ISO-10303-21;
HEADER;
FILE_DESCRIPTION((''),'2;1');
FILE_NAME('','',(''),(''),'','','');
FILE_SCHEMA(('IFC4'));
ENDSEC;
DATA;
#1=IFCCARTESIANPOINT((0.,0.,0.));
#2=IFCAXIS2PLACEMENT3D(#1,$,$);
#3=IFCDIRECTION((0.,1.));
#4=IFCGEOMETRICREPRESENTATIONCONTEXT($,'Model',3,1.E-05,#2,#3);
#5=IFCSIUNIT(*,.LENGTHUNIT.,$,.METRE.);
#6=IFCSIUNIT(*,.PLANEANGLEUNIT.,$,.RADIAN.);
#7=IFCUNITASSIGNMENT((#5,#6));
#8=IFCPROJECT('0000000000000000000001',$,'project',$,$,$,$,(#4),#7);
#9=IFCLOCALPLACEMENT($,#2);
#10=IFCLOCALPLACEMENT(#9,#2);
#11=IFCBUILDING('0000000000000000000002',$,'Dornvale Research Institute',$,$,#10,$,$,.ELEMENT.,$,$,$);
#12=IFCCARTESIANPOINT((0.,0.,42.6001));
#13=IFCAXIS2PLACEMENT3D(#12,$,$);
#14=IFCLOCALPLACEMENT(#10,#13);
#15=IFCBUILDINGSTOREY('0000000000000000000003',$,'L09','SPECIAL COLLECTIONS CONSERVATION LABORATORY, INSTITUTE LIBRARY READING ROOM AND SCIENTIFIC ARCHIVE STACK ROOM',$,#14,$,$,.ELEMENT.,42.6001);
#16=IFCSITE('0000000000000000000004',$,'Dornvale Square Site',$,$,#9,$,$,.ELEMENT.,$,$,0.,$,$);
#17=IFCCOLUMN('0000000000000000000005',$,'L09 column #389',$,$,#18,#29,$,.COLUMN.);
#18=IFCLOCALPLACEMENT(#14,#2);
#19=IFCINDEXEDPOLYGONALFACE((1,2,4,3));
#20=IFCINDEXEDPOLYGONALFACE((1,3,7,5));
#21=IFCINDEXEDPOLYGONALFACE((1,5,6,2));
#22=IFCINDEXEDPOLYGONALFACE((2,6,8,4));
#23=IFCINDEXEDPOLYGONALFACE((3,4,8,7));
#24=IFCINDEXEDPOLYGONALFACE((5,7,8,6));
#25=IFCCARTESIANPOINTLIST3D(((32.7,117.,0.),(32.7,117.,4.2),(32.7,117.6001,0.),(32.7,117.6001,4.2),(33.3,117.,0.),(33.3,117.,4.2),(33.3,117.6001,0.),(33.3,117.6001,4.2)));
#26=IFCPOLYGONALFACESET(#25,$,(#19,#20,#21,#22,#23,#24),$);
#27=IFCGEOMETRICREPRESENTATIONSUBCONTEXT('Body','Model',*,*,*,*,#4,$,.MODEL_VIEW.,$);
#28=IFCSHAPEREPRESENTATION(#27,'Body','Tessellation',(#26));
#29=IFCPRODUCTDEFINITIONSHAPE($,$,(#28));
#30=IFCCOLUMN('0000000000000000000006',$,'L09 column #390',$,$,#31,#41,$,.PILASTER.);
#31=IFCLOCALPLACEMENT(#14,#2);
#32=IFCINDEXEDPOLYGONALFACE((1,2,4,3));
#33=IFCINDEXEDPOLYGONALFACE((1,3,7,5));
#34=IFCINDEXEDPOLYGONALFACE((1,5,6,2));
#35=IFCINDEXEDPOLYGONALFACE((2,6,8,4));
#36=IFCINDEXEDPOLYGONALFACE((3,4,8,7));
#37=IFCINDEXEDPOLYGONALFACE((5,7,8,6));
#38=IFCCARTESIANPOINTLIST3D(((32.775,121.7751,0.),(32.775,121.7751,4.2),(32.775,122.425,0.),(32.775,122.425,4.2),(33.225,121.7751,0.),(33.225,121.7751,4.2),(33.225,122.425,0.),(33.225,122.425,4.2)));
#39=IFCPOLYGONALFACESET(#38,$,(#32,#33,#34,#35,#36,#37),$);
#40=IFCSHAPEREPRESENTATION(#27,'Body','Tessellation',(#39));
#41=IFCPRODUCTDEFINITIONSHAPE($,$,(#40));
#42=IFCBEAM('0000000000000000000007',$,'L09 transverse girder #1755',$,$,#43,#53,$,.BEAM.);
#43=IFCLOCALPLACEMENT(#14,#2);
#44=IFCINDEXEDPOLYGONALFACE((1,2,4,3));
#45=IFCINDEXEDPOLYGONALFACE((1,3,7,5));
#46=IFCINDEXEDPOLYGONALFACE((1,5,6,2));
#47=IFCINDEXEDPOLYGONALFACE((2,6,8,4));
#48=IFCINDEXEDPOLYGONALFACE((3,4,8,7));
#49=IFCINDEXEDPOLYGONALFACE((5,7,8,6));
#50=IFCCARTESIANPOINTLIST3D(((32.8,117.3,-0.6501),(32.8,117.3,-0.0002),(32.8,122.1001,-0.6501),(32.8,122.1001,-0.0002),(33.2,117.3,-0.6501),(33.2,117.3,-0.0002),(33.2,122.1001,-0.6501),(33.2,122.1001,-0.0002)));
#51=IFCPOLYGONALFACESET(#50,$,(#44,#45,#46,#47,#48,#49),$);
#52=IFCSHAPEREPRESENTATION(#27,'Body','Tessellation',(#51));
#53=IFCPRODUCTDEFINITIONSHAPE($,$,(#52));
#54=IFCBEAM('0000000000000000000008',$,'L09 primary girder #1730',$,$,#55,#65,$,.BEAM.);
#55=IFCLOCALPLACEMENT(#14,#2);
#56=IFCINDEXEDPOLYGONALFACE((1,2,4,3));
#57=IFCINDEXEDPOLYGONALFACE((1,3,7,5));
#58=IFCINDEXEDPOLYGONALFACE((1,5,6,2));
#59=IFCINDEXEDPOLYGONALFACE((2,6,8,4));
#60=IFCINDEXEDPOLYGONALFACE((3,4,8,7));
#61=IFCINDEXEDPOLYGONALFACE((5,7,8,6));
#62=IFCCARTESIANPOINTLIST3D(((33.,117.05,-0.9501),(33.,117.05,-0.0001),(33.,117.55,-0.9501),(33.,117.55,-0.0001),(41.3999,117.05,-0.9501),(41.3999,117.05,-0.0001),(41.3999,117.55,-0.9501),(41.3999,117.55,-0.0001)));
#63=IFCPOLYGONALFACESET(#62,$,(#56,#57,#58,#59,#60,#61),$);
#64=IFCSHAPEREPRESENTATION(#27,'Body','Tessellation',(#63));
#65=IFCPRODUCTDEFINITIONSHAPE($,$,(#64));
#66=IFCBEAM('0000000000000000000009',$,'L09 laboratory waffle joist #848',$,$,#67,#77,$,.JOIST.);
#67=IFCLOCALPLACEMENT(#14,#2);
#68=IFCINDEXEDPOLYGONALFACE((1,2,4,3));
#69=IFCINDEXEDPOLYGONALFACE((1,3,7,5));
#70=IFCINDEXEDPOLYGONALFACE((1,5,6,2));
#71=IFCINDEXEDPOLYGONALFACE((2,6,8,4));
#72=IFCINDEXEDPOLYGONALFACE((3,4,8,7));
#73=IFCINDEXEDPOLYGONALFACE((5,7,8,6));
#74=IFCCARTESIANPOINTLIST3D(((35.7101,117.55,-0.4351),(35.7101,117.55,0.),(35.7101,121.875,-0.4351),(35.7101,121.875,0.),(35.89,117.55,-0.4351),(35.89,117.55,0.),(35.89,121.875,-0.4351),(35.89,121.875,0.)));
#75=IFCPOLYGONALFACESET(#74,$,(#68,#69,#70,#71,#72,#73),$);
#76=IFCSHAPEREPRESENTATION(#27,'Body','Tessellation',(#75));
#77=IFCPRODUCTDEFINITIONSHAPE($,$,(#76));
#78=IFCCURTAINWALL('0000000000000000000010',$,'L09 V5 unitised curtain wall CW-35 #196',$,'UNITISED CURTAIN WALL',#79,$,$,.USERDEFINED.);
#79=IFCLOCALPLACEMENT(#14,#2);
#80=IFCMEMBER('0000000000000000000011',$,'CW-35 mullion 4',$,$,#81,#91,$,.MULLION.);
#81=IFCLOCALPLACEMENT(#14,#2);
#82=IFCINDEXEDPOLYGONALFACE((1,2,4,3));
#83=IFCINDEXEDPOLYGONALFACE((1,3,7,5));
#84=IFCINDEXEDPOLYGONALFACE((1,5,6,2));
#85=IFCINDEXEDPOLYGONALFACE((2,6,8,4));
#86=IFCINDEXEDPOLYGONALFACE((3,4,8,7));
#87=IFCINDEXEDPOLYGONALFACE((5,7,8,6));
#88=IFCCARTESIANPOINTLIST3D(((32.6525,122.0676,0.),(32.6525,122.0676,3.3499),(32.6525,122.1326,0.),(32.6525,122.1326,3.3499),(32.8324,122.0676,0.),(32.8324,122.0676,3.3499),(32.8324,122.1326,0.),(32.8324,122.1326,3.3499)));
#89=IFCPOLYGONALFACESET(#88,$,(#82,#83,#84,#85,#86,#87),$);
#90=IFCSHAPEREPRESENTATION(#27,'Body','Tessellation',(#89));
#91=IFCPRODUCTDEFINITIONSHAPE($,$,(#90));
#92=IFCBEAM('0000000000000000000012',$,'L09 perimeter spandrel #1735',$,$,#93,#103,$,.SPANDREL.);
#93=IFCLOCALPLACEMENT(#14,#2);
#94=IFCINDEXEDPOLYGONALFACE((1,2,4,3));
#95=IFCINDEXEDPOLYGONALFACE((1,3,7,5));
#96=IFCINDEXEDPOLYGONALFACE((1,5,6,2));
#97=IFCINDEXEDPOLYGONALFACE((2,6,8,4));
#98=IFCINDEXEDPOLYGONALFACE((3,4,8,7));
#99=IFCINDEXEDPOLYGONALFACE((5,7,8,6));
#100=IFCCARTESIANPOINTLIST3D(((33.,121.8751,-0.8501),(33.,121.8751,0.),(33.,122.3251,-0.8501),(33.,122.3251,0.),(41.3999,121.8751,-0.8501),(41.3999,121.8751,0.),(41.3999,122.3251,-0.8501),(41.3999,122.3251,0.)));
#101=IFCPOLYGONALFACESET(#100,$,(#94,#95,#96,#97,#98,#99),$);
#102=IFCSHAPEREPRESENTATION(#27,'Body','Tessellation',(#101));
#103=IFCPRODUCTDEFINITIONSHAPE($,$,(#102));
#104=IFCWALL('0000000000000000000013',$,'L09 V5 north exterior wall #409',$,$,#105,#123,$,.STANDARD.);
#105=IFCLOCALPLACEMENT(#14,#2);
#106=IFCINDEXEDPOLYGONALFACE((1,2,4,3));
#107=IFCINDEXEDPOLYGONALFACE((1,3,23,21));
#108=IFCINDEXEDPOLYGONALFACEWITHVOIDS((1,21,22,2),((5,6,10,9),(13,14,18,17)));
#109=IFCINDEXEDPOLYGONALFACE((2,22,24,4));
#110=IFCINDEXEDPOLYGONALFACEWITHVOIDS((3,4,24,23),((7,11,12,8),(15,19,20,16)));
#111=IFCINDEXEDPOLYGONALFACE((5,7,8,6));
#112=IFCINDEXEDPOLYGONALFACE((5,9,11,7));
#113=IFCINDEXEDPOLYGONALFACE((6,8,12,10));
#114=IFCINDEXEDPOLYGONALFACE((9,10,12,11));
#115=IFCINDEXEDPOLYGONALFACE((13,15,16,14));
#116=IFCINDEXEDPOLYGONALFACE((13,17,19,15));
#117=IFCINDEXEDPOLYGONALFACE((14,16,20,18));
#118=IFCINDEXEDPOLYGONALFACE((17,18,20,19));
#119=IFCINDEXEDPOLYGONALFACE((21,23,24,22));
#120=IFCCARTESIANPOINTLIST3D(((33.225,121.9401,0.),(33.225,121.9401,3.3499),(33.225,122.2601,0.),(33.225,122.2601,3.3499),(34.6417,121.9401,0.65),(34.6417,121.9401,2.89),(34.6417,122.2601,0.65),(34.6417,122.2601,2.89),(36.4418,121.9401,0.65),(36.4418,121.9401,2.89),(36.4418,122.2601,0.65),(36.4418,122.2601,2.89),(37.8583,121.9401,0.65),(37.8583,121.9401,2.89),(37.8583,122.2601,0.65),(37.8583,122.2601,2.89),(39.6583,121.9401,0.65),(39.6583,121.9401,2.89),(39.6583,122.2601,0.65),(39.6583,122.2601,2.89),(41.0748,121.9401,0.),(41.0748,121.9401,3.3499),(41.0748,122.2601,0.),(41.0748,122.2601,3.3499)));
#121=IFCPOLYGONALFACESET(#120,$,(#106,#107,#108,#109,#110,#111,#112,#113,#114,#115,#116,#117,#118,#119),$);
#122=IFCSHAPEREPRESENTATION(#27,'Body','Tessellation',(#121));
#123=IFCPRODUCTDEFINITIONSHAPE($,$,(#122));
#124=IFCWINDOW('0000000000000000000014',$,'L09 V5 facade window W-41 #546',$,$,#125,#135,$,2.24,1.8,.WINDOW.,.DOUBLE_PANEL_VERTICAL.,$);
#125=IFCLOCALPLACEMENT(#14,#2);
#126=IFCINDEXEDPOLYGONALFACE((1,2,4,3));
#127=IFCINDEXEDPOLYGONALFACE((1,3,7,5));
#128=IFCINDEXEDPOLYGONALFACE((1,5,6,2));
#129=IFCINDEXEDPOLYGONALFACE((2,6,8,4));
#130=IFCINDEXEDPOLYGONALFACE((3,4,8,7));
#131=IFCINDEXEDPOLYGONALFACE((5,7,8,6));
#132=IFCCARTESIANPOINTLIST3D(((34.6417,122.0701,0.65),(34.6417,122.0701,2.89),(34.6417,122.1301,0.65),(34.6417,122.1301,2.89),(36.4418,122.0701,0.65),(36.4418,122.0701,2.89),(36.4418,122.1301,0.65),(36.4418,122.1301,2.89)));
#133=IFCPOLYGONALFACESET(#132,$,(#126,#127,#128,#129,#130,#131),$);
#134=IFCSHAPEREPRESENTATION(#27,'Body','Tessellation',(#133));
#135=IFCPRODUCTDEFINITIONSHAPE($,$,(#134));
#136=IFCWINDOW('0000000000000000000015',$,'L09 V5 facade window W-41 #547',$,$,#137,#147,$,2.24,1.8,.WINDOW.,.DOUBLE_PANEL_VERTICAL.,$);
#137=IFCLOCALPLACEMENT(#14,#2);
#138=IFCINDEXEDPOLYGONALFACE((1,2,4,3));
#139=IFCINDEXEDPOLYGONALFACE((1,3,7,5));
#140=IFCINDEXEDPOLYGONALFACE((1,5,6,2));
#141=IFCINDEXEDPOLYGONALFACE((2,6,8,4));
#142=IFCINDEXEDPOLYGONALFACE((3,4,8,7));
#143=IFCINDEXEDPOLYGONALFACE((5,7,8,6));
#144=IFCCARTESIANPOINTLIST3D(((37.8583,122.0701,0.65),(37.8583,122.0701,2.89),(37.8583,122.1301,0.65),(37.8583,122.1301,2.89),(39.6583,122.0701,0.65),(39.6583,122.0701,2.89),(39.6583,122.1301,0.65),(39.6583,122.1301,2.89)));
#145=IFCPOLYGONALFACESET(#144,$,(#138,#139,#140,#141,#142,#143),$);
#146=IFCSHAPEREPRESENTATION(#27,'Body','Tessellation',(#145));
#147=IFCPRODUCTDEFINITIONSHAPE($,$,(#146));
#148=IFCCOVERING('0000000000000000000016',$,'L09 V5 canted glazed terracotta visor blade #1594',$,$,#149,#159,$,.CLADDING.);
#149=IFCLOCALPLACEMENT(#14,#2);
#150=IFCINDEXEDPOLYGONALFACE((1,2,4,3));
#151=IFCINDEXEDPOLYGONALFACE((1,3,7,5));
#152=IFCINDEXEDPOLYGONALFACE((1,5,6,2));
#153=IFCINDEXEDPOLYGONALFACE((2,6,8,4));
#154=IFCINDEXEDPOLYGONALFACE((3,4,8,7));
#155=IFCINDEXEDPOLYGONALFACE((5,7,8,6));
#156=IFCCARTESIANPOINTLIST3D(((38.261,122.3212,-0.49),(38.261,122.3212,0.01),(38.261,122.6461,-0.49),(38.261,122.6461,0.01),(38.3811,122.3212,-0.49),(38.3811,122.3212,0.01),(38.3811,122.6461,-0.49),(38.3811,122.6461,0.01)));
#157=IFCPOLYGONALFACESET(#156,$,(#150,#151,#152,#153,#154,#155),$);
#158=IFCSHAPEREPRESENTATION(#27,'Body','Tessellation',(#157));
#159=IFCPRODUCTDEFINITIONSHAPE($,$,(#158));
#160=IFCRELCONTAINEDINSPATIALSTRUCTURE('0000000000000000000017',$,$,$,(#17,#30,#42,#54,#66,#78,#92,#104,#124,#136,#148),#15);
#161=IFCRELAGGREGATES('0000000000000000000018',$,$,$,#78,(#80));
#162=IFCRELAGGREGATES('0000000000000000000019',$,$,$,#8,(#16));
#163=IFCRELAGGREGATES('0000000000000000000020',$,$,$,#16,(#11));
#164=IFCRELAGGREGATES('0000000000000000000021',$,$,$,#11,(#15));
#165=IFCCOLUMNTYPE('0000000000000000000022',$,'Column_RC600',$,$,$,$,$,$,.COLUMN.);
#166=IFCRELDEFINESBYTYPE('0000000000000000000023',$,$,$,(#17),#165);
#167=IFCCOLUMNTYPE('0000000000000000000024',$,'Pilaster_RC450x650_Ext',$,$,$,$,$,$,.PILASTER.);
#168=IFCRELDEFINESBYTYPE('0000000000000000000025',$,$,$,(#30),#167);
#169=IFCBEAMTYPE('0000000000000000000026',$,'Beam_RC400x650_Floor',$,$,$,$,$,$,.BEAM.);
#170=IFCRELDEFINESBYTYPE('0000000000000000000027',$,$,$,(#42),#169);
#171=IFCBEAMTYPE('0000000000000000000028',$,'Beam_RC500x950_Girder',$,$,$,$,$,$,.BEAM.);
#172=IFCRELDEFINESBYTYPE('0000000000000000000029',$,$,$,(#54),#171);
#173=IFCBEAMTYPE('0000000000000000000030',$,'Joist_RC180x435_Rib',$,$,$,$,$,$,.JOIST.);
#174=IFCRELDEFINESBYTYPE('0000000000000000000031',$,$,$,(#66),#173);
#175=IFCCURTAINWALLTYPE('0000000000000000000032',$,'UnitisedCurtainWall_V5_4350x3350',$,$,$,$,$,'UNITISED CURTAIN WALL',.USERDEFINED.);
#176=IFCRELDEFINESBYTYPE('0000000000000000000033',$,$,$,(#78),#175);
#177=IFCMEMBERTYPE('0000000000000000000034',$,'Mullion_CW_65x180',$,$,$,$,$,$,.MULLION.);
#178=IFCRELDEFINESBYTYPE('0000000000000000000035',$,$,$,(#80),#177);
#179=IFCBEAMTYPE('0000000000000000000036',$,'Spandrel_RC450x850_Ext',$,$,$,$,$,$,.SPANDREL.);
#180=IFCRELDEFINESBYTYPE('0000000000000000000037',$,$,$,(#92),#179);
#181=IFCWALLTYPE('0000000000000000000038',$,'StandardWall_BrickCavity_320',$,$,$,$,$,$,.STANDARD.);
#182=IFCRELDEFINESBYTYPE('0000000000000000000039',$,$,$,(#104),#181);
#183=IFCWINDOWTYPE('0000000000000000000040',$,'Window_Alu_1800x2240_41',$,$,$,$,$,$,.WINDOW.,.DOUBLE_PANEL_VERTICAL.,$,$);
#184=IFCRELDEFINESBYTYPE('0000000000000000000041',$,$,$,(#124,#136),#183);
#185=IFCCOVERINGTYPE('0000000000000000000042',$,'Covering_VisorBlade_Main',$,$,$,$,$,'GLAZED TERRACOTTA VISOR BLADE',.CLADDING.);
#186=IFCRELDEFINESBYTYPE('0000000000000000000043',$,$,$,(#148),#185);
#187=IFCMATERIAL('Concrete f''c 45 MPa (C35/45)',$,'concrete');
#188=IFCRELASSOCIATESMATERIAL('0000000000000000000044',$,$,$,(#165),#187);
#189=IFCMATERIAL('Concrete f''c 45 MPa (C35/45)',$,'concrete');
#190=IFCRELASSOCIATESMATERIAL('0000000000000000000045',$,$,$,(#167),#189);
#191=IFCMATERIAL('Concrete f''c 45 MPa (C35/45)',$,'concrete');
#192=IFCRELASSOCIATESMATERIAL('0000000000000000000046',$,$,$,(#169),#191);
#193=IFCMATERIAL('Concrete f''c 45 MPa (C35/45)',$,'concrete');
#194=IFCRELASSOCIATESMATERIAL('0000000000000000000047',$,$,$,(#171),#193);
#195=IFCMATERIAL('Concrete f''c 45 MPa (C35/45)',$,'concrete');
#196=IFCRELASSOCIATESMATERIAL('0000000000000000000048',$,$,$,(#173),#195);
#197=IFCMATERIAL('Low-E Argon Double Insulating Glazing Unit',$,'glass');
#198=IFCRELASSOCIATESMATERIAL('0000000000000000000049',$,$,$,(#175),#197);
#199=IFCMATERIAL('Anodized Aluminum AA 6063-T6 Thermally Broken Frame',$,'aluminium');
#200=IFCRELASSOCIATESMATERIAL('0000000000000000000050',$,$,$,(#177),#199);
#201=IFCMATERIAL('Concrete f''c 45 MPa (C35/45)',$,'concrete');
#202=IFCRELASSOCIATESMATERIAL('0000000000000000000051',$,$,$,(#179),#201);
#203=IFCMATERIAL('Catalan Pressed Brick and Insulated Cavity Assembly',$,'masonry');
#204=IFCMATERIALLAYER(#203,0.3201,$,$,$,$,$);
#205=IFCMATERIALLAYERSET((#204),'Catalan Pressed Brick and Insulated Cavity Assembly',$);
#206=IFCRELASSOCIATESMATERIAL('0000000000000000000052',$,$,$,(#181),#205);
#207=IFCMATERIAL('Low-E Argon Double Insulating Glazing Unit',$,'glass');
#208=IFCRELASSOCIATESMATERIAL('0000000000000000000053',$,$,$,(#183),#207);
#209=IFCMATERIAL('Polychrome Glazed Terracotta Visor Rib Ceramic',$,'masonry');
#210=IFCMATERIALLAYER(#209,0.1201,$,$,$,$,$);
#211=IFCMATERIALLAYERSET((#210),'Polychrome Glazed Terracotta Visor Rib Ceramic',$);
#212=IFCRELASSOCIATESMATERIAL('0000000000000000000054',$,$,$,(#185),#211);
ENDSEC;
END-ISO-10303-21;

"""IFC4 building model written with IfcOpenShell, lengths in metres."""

from ifc_helpers import new_model, si_unit, direction, frame, frame_2d, origin, origin_2d, place, context, subcontext, project, spatial, rectangle, extrude, material, layer, layer_set, material_profile, profile_set, type_object, element, fill, aggregate, save


model = new_model("IFC4")

# Units and contexts
model_context = context("Model", 3, precision=1e-05, world=origin(), true_north=direction((0.0, 1.0)))
body_context = subcontext(model_context, "Body", "Model", "MODEL_VIEW")
ifc_project = project(units=[si_unit("LENGTHUNIT", "METRE"), si_unit("PLANEANGLEUNIT", "RADIAN")], contexts=[model_context])

# Site, building, storey
site_placement = place(None, origin())
site = spatial("IfcSite", under=ifc_project, at=site_placement, Name="Dornvale Square Site", CompositionType="ELEMENT", RefElevation=0.0)
building_placement = place(site_placement, origin())
building = spatial("IfcBuilding", under=site, at=building_placement, Name="Dornvale Research Institute", CompositionType="ELEMENT")
storey_placement = place(building_placement, frame((0.0, 0.0, 42.6001)))
storey = spatial("IfcBuildingStorey", under=building, at=storey_placement, Name="L09", Description="SPECIAL COLLECTIONS CONSERVATION LABORATORY, INSTITUTE LIBRARY READING ROOM AND SCIENTIFIC ARCHIVE STACK ROOM", CompositionType="ELEMENT", Elevation=42.6001)

# Columns
ifc_material_1 = material(Name="Concrete f'c 45 MPa (C35/45)", Category="concrete")
ifc_material_profile_1 = material_profile(ifc_material_1, rectangle(XDim=0.6001, YDim=0.6001, at=origin_2d()), Name="RC 600x600")
ifc_profile_set_1 = profile_set([ifc_material_profile_1], Name="Concrete f'c 45 MPa (C35/45)")
column_type_1 = type_object("IfcColumnType", Name="Column_RC600", PredefinedType="COLUMN", material=ifc_profile_set_1)
column_1_placement = place(storey_placement, frame((33.0, 117.3, 0.0), z_axis=(0.0, 0.0, 1.0), x_axis=(1.0, 0.0, 0.0)))
element("IfcColumn", 1, at=column_1_placement, inside=storey, type_object=column_type_1, Name="L09 column #389", PredefinedType="COLUMN", context=body_context, shape_type="SweptSolid", body=[
    extrude(rectangle(XDim=0.6001, YDim=0.6001, at=origin_2d()), origin(), (0.0, 0.0, 1.0), 4.2),
])
ifc_material_2 = material(Name="Concrete f'c 45 MPa (C35/45)", Category="concrete")
ifc_material_profile_2 = material_profile(ifc_material_2, rectangle(XDim=0.45, YDim=0.6499, at=origin_2d()), Name="RC 450x650")
ifc_profile_set_2 = profile_set([ifc_material_profile_2], Name="Concrete f'c 45 MPa (C35/45)")
column_type_2 = type_object("IfcColumnType", Name="Pilaster_RC450x650_Ext", PredefinedType="PILASTER", material=ifc_profile_set_2)
column_2_placement = place(storey_placement, frame((33.0, 122.1001, 0.0), z_axis=(0.0, 0.0, 1.0), x_axis=(1.0, 0.0, 0.0)))
element("IfcColumn", 2, at=column_2_placement, inside=storey, type_object=column_type_2, Name="L09 column #390", PredefinedType="PILASTER", context=body_context, shape_type="SweptSolid", body=[
    extrude(rectangle(XDim=0.45, YDim=0.6499, at=origin_2d()), origin(), (0.0, 0.0, 1.0), 4.2),
])

# Beams
ifc_material_3 = material(Name="Concrete f'c 45 MPa (C35/45)", Category="concrete")
ifc_material_profile_3 = material_profile(ifc_material_3, rectangle(XDim=0.3999, YDim=0.6499, at=origin_2d()), Name="RC 400x650")
ifc_profile_set_3 = profile_set([ifc_material_profile_3], Name="Concrete f'c 45 MPa (C35/45)")
beam_type_1 = type_object("IfcBeamType", Name="Beam_RC400x650_Floor", PredefinedType="BEAM", material=ifc_profile_set_3)
beam_1_placement = place(storey_placement, frame((33.0, 117.3, -0.3252), z_axis=(0.0, 1.0, 0.0), x_axis=(-1.0, 0.0, 0.0)))
element("IfcBeam", 3, at=beam_1_placement, inside=storey, type_object=beam_type_1, Name="L09 transverse girder #1755", PredefinedType="BEAM", context=body_context, shape_type="SweptSolid", body=[
    extrude(rectangle(XDim=0.3999, YDim=0.6499, at=origin_2d()), origin(), (0.0, 0.0, 1.0), 4.8),
])
ifc_material_4 = material(Name="Concrete f'c 45 MPa (C35/45)", Category="concrete")
ifc_material_profile_4 = material_profile(ifc_material_4, rectangle(XDim=0.5, YDim=0.95, at=origin_2d()), Name="RC 500x950")
ifc_profile_set_4 = profile_set([ifc_material_profile_4], Name="Concrete f'c 45 MPa (C35/45)")
beam_type_2 = type_object("IfcBeamType", Name="Beam_RC500x950_Girder", PredefinedType="BEAM", material=ifc_profile_set_4)
beam_2_placement = place(storey_placement, frame((33.0, 117.3, -0.4751), z_axis=(1.0, 0.0, 0.0), x_axis=(0.0, 1.0, 0.0)))
element("IfcBeam", 4, at=beam_2_placement, inside=storey, type_object=beam_type_2, Name="L09 primary girder #1730", PredefinedType="BEAM", context=body_context, shape_type="SweptSolid", body=[
    extrude(rectangle(XDim=0.5, YDim=0.95, at=origin_2d()), origin(), (0.0, 0.0, 1.0), 8.3999),
])
ifc_material_5 = material(Name="Concrete f'c 45 MPa (C35/45)", Category="concrete")
ifc_material_profile_5 = material_profile(ifc_material_5, rectangle(XDim=0.1799, YDim=0.4351, at=origin_2d()), Name="RC 180x435")
ifc_profile_set_5 = profile_set([ifc_material_profile_5], Name="Concrete f'c 45 MPa (C35/45)")
beam_type_3 = type_object("IfcBeamType", Name="Joist_RC180x435_Rib", PredefinedType="JOIST", material=ifc_profile_set_5)
beam_3_placement = place(storey_placement, frame((35.8, 117.55, -0.2175), z_axis=(0.0, 1.0, 0.0), x_axis=(-1.0, 0.0, 0.0)))
element("IfcBeam", 5, at=beam_3_placement, inside=storey, type_object=beam_type_3, Name="L09 laboratory waffle joist #848", PredefinedType="JOIST", context=body_context, shape_type="SweptSolid", body=[
    extrude(rectangle(XDim=0.1799, YDim=0.4351, at=origin_2d()), origin(), (0.0, 0.0, 1.0), 4.325),
])

# Curtain wall, member
ifc_material_6 = material(Name="Low-E Argon Double Insulating Glazing Unit", Category="glass")
curtain_wall_type = type_object("IfcCurtainWallType", Name="UnitisedCurtainWall_V5_4350x3350", ElementType="UNITISED CURTAIN WALL", PredefinedType="USERDEFINED", material=ifc_material_6)
curtain_wall_placement = place(storey_placement, origin())
curtain_wall = element("IfcCurtainWall", 6, at=curtain_wall_placement, inside=storey, type_object=curtain_wall_type, Name="L09 V5 unitised curtain wall CW-35 #196", ObjectType="UNITISED CURTAIN WALL", PredefinedType="USERDEFINED")
ifc_material_7 = material(Name="Anodized Aluminum AA 6063-T6 Thermally Broken Frame", Category="aluminium")
ifc_material_profile_6 = material_profile(ifc_material_7, rectangle(XDim=0.0649, YDim=0.1799, at=origin_2d()), Name="ALU MULLION 65x180")
ifc_profile_set_6 = profile_set([ifc_material_profile_6], Name="Anodized Aluminum AA 6063-T6 Thermally Broken Frame")
member_type = type_object("IfcMemberType", Name="Mullion_CW_65x180", PredefinedType="MULLION", material=ifc_profile_set_6)
member_placement = place(storey_placement, frame((32.7424, 122.1001, 0.0), z_axis=(0.0, 0.0, 1.0), x_axis=(0.0, 1.0, 0.0)))
member = element("IfcMember", 7, at=member_placement, type_object=member_type, Name="CW-35 mullion 4", PredefinedType="MULLION", context=body_context, shape_type="SweptSolid", body=[
    extrude(rectangle(XDim=0.0649, YDim=0.1799, at=origin_2d()), origin(), (0.0, 0.0, 1.0), 3.3499),
])
aggregate(curtain_wall, [member])

# Beam
ifc_material_8 = material(Name="Concrete f'c 45 MPa (C35/45)", Category="concrete")
ifc_material_profile_7 = material_profile(ifc_material_8, rectangle(XDim=0.45, YDim=0.8501, at=origin_2d()), Name="RC 450x850")
ifc_profile_set_7 = profile_set([ifc_material_profile_7], Name="Concrete f'c 45 MPa (C35/45)")
beam_type_4 = type_object("IfcBeamType", Name="Spandrel_RC450x850_Ext", PredefinedType="SPANDREL", material=ifc_profile_set_7)
beam_4_placement = place(storey_placement, frame((33.0, 122.1001, -0.425), z_axis=(1.0, 0.0, 0.0), x_axis=(0.0, 1.0, 0.0)))
element("IfcBeam", 8, at=beam_4_placement, inside=storey, type_object=beam_type_4, Name="L09 perimeter spandrel #1735", PredefinedType="SPANDREL", context=body_context, shape_type="SweptSolid", body=[
    extrude(rectangle(XDim=0.45, YDim=0.8501, at=origin_2d()), origin(), (0.0, 0.0, 1.0), 8.3999),
])

# Wall, openings, windows
ifc_material_9 = material(Name="Catalan Pressed Brick and Insulated Cavity Assembly", Category="masonry")
ifc_layer_1 = layer(ifc_material_9, 0.3201)
ifc_layer_set_1 = layer_set([ifc_layer_1], Name="Catalan Pressed Brick and Insulated Cavity Assembly")
wall_type = type_object("IfcWallType", Name="StandardWall_BrickCavity_320", PredefinedType="STANDARD", material=ifc_layer_set_1)
wall_placement = place(storey_placement, frame((33.2251, 122.1001, 0.0), z_axis=(0.0, 0.0, 1.0), x_axis=(1.0, 0.0, 0.0)))
wall = element("IfcWall", 9, at=wall_placement, inside=storey, type_object=wall_type, Name="L09 V5 north exterior wall #409", PredefinedType="STANDARD", context=body_context, shape_type="SweptSolid", body=[
    extrude(rectangle(XDim=7.8499, YDim=0.3201, at=frame_2d((3.9248, 0.0))), origin(), (0.0, 0.0, 1.0), 3.3499),
])
opening_1_placement = place(wall_placement, frame((1.4167, 0.0, 0.6499)))
opening_1 = element("IfcOpeningElement", 10, at=opening_1_placement, cuts=wall, PredefinedType="OPENING", context=body_context, shape_type="SweptSolid", body=[
    extrude(rectangle(XDim=1.8, YDim=2.24, at=frame_2d((0.8999, 1.1201))), frame((0.0, 0.175, 0.0), z_axis=(0.0, -1.0, 0.0), x_axis=(1.0, 0.0, 0.0)), (0.0, 0.0, 1.0), 0.3501),
])
opening_2_placement = place(wall_placement, frame((4.6333, 0.0, 0.6499)))
opening_2 = element("IfcOpeningElement", 11, at=opening_2_placement, cuts=wall, PredefinedType="OPENING", context=body_context, shape_type="SweptSolid", body=[
    extrude(rectangle(XDim=1.8, YDim=2.24, at=frame_2d((0.8999, 1.1201))), frame((0.0, 0.175, 0.0), z_axis=(0.0, -1.0, 0.0), x_axis=(1.0, 0.0, 0.0)), (0.0, 0.0, 1.0), 0.3501),
])
ifc_material_10 = material(Name="Low-E Argon Double Insulating Glazing Unit", Category="glass")
window_type = type_object("IfcWindowType", Name="Window_Alu_1800x2240_41", PartitioningType="DOUBLE_PANEL_VERTICAL", PredefinedType="WINDOW", material=ifc_material_10)
window_1_placement = place(opening_1_placement, origin())
window_1 = element("IfcWindow", 12, at=window_1_placement, inside=storey, type_object=window_type, Name="L09 V5 facade window W-41 #546", OverallHeight=2.24, OverallWidth=1.8, PartitioningType="DOUBLE_PANEL_VERTICAL", PredefinedType="WINDOW", context=body_context, shape_type="SweptSolid", body=[
    extrude(rectangle(XDim=1.8, YDim=2.24, at=frame_2d((0.8999, 1.1201))), frame((0.0, 0.03, 0.0), z_axis=(0.0, -1.0, 0.0), x_axis=(1.0, 0.0, 0.0)), (0.0, 0.0, 1.0), 0.0601),
])
fill(opening_1, window_1)
window_2_placement = place(opening_2_placement, origin())
window_2 = element("IfcWindow", 13, at=window_2_placement, inside=storey, type_object=window_type, Name="L09 V5 facade window W-41 #547", OverallHeight=2.24, OverallWidth=1.8, PartitioningType="DOUBLE_PANEL_VERTICAL", PredefinedType="WINDOW", context=body_context, shape_type="SweptSolid", body=[
    extrude(rectangle(XDim=1.8, YDim=2.24, at=frame_2d((0.8999, 1.1201))), frame((0.0, 0.03, 0.0), z_axis=(0.0, -1.0, 0.0), x_axis=(1.0, 0.0, 0.0)), (0.0, 0.0, 1.0), 0.0601),
])
fill(opening_2, window_2)

# Covering
ifc_material_11 = material(Name="Polychrome Glazed Terracotta Visor Rib Ceramic", Category="masonry")
ifc_layer_2 = layer(ifc_material_11, 0.1201)
ifc_layer_set_2 = layer_set([ifc_layer_2], Name="Polychrome Glazed Terracotta Visor Rib Ceramic")
covering_type = type_object("IfcCoveringType", Name="Covering_VisorBlade_Main", ElementType="GLAZED TERRACOTTA VISOR BLADE", PredefinedType="CLADDING", material=ifc_layer_set_2)
covering_1_placement = place(storey_placement, frame((38.321, 122.4836, -0.49), z_axis=(0.0, 0.0, 1.0), x_axis=(0.0, 1.0, 0.0)))
element("IfcCovering", 14, at=covering_1_placement, inside=storey, type_object=covering_type, Name="L09 V5 canted glazed terracotta visor blade #1594", PredefinedType="CLADDING", context=body_context, shape_type="SweptSolid", body=[
    extrude(rectangle(XDim=0.325, YDim=0.1201, at=origin_2d()), origin(), (0.0, 0.0, 1.0), 0.5),
])

save(model, "model.ifc")
